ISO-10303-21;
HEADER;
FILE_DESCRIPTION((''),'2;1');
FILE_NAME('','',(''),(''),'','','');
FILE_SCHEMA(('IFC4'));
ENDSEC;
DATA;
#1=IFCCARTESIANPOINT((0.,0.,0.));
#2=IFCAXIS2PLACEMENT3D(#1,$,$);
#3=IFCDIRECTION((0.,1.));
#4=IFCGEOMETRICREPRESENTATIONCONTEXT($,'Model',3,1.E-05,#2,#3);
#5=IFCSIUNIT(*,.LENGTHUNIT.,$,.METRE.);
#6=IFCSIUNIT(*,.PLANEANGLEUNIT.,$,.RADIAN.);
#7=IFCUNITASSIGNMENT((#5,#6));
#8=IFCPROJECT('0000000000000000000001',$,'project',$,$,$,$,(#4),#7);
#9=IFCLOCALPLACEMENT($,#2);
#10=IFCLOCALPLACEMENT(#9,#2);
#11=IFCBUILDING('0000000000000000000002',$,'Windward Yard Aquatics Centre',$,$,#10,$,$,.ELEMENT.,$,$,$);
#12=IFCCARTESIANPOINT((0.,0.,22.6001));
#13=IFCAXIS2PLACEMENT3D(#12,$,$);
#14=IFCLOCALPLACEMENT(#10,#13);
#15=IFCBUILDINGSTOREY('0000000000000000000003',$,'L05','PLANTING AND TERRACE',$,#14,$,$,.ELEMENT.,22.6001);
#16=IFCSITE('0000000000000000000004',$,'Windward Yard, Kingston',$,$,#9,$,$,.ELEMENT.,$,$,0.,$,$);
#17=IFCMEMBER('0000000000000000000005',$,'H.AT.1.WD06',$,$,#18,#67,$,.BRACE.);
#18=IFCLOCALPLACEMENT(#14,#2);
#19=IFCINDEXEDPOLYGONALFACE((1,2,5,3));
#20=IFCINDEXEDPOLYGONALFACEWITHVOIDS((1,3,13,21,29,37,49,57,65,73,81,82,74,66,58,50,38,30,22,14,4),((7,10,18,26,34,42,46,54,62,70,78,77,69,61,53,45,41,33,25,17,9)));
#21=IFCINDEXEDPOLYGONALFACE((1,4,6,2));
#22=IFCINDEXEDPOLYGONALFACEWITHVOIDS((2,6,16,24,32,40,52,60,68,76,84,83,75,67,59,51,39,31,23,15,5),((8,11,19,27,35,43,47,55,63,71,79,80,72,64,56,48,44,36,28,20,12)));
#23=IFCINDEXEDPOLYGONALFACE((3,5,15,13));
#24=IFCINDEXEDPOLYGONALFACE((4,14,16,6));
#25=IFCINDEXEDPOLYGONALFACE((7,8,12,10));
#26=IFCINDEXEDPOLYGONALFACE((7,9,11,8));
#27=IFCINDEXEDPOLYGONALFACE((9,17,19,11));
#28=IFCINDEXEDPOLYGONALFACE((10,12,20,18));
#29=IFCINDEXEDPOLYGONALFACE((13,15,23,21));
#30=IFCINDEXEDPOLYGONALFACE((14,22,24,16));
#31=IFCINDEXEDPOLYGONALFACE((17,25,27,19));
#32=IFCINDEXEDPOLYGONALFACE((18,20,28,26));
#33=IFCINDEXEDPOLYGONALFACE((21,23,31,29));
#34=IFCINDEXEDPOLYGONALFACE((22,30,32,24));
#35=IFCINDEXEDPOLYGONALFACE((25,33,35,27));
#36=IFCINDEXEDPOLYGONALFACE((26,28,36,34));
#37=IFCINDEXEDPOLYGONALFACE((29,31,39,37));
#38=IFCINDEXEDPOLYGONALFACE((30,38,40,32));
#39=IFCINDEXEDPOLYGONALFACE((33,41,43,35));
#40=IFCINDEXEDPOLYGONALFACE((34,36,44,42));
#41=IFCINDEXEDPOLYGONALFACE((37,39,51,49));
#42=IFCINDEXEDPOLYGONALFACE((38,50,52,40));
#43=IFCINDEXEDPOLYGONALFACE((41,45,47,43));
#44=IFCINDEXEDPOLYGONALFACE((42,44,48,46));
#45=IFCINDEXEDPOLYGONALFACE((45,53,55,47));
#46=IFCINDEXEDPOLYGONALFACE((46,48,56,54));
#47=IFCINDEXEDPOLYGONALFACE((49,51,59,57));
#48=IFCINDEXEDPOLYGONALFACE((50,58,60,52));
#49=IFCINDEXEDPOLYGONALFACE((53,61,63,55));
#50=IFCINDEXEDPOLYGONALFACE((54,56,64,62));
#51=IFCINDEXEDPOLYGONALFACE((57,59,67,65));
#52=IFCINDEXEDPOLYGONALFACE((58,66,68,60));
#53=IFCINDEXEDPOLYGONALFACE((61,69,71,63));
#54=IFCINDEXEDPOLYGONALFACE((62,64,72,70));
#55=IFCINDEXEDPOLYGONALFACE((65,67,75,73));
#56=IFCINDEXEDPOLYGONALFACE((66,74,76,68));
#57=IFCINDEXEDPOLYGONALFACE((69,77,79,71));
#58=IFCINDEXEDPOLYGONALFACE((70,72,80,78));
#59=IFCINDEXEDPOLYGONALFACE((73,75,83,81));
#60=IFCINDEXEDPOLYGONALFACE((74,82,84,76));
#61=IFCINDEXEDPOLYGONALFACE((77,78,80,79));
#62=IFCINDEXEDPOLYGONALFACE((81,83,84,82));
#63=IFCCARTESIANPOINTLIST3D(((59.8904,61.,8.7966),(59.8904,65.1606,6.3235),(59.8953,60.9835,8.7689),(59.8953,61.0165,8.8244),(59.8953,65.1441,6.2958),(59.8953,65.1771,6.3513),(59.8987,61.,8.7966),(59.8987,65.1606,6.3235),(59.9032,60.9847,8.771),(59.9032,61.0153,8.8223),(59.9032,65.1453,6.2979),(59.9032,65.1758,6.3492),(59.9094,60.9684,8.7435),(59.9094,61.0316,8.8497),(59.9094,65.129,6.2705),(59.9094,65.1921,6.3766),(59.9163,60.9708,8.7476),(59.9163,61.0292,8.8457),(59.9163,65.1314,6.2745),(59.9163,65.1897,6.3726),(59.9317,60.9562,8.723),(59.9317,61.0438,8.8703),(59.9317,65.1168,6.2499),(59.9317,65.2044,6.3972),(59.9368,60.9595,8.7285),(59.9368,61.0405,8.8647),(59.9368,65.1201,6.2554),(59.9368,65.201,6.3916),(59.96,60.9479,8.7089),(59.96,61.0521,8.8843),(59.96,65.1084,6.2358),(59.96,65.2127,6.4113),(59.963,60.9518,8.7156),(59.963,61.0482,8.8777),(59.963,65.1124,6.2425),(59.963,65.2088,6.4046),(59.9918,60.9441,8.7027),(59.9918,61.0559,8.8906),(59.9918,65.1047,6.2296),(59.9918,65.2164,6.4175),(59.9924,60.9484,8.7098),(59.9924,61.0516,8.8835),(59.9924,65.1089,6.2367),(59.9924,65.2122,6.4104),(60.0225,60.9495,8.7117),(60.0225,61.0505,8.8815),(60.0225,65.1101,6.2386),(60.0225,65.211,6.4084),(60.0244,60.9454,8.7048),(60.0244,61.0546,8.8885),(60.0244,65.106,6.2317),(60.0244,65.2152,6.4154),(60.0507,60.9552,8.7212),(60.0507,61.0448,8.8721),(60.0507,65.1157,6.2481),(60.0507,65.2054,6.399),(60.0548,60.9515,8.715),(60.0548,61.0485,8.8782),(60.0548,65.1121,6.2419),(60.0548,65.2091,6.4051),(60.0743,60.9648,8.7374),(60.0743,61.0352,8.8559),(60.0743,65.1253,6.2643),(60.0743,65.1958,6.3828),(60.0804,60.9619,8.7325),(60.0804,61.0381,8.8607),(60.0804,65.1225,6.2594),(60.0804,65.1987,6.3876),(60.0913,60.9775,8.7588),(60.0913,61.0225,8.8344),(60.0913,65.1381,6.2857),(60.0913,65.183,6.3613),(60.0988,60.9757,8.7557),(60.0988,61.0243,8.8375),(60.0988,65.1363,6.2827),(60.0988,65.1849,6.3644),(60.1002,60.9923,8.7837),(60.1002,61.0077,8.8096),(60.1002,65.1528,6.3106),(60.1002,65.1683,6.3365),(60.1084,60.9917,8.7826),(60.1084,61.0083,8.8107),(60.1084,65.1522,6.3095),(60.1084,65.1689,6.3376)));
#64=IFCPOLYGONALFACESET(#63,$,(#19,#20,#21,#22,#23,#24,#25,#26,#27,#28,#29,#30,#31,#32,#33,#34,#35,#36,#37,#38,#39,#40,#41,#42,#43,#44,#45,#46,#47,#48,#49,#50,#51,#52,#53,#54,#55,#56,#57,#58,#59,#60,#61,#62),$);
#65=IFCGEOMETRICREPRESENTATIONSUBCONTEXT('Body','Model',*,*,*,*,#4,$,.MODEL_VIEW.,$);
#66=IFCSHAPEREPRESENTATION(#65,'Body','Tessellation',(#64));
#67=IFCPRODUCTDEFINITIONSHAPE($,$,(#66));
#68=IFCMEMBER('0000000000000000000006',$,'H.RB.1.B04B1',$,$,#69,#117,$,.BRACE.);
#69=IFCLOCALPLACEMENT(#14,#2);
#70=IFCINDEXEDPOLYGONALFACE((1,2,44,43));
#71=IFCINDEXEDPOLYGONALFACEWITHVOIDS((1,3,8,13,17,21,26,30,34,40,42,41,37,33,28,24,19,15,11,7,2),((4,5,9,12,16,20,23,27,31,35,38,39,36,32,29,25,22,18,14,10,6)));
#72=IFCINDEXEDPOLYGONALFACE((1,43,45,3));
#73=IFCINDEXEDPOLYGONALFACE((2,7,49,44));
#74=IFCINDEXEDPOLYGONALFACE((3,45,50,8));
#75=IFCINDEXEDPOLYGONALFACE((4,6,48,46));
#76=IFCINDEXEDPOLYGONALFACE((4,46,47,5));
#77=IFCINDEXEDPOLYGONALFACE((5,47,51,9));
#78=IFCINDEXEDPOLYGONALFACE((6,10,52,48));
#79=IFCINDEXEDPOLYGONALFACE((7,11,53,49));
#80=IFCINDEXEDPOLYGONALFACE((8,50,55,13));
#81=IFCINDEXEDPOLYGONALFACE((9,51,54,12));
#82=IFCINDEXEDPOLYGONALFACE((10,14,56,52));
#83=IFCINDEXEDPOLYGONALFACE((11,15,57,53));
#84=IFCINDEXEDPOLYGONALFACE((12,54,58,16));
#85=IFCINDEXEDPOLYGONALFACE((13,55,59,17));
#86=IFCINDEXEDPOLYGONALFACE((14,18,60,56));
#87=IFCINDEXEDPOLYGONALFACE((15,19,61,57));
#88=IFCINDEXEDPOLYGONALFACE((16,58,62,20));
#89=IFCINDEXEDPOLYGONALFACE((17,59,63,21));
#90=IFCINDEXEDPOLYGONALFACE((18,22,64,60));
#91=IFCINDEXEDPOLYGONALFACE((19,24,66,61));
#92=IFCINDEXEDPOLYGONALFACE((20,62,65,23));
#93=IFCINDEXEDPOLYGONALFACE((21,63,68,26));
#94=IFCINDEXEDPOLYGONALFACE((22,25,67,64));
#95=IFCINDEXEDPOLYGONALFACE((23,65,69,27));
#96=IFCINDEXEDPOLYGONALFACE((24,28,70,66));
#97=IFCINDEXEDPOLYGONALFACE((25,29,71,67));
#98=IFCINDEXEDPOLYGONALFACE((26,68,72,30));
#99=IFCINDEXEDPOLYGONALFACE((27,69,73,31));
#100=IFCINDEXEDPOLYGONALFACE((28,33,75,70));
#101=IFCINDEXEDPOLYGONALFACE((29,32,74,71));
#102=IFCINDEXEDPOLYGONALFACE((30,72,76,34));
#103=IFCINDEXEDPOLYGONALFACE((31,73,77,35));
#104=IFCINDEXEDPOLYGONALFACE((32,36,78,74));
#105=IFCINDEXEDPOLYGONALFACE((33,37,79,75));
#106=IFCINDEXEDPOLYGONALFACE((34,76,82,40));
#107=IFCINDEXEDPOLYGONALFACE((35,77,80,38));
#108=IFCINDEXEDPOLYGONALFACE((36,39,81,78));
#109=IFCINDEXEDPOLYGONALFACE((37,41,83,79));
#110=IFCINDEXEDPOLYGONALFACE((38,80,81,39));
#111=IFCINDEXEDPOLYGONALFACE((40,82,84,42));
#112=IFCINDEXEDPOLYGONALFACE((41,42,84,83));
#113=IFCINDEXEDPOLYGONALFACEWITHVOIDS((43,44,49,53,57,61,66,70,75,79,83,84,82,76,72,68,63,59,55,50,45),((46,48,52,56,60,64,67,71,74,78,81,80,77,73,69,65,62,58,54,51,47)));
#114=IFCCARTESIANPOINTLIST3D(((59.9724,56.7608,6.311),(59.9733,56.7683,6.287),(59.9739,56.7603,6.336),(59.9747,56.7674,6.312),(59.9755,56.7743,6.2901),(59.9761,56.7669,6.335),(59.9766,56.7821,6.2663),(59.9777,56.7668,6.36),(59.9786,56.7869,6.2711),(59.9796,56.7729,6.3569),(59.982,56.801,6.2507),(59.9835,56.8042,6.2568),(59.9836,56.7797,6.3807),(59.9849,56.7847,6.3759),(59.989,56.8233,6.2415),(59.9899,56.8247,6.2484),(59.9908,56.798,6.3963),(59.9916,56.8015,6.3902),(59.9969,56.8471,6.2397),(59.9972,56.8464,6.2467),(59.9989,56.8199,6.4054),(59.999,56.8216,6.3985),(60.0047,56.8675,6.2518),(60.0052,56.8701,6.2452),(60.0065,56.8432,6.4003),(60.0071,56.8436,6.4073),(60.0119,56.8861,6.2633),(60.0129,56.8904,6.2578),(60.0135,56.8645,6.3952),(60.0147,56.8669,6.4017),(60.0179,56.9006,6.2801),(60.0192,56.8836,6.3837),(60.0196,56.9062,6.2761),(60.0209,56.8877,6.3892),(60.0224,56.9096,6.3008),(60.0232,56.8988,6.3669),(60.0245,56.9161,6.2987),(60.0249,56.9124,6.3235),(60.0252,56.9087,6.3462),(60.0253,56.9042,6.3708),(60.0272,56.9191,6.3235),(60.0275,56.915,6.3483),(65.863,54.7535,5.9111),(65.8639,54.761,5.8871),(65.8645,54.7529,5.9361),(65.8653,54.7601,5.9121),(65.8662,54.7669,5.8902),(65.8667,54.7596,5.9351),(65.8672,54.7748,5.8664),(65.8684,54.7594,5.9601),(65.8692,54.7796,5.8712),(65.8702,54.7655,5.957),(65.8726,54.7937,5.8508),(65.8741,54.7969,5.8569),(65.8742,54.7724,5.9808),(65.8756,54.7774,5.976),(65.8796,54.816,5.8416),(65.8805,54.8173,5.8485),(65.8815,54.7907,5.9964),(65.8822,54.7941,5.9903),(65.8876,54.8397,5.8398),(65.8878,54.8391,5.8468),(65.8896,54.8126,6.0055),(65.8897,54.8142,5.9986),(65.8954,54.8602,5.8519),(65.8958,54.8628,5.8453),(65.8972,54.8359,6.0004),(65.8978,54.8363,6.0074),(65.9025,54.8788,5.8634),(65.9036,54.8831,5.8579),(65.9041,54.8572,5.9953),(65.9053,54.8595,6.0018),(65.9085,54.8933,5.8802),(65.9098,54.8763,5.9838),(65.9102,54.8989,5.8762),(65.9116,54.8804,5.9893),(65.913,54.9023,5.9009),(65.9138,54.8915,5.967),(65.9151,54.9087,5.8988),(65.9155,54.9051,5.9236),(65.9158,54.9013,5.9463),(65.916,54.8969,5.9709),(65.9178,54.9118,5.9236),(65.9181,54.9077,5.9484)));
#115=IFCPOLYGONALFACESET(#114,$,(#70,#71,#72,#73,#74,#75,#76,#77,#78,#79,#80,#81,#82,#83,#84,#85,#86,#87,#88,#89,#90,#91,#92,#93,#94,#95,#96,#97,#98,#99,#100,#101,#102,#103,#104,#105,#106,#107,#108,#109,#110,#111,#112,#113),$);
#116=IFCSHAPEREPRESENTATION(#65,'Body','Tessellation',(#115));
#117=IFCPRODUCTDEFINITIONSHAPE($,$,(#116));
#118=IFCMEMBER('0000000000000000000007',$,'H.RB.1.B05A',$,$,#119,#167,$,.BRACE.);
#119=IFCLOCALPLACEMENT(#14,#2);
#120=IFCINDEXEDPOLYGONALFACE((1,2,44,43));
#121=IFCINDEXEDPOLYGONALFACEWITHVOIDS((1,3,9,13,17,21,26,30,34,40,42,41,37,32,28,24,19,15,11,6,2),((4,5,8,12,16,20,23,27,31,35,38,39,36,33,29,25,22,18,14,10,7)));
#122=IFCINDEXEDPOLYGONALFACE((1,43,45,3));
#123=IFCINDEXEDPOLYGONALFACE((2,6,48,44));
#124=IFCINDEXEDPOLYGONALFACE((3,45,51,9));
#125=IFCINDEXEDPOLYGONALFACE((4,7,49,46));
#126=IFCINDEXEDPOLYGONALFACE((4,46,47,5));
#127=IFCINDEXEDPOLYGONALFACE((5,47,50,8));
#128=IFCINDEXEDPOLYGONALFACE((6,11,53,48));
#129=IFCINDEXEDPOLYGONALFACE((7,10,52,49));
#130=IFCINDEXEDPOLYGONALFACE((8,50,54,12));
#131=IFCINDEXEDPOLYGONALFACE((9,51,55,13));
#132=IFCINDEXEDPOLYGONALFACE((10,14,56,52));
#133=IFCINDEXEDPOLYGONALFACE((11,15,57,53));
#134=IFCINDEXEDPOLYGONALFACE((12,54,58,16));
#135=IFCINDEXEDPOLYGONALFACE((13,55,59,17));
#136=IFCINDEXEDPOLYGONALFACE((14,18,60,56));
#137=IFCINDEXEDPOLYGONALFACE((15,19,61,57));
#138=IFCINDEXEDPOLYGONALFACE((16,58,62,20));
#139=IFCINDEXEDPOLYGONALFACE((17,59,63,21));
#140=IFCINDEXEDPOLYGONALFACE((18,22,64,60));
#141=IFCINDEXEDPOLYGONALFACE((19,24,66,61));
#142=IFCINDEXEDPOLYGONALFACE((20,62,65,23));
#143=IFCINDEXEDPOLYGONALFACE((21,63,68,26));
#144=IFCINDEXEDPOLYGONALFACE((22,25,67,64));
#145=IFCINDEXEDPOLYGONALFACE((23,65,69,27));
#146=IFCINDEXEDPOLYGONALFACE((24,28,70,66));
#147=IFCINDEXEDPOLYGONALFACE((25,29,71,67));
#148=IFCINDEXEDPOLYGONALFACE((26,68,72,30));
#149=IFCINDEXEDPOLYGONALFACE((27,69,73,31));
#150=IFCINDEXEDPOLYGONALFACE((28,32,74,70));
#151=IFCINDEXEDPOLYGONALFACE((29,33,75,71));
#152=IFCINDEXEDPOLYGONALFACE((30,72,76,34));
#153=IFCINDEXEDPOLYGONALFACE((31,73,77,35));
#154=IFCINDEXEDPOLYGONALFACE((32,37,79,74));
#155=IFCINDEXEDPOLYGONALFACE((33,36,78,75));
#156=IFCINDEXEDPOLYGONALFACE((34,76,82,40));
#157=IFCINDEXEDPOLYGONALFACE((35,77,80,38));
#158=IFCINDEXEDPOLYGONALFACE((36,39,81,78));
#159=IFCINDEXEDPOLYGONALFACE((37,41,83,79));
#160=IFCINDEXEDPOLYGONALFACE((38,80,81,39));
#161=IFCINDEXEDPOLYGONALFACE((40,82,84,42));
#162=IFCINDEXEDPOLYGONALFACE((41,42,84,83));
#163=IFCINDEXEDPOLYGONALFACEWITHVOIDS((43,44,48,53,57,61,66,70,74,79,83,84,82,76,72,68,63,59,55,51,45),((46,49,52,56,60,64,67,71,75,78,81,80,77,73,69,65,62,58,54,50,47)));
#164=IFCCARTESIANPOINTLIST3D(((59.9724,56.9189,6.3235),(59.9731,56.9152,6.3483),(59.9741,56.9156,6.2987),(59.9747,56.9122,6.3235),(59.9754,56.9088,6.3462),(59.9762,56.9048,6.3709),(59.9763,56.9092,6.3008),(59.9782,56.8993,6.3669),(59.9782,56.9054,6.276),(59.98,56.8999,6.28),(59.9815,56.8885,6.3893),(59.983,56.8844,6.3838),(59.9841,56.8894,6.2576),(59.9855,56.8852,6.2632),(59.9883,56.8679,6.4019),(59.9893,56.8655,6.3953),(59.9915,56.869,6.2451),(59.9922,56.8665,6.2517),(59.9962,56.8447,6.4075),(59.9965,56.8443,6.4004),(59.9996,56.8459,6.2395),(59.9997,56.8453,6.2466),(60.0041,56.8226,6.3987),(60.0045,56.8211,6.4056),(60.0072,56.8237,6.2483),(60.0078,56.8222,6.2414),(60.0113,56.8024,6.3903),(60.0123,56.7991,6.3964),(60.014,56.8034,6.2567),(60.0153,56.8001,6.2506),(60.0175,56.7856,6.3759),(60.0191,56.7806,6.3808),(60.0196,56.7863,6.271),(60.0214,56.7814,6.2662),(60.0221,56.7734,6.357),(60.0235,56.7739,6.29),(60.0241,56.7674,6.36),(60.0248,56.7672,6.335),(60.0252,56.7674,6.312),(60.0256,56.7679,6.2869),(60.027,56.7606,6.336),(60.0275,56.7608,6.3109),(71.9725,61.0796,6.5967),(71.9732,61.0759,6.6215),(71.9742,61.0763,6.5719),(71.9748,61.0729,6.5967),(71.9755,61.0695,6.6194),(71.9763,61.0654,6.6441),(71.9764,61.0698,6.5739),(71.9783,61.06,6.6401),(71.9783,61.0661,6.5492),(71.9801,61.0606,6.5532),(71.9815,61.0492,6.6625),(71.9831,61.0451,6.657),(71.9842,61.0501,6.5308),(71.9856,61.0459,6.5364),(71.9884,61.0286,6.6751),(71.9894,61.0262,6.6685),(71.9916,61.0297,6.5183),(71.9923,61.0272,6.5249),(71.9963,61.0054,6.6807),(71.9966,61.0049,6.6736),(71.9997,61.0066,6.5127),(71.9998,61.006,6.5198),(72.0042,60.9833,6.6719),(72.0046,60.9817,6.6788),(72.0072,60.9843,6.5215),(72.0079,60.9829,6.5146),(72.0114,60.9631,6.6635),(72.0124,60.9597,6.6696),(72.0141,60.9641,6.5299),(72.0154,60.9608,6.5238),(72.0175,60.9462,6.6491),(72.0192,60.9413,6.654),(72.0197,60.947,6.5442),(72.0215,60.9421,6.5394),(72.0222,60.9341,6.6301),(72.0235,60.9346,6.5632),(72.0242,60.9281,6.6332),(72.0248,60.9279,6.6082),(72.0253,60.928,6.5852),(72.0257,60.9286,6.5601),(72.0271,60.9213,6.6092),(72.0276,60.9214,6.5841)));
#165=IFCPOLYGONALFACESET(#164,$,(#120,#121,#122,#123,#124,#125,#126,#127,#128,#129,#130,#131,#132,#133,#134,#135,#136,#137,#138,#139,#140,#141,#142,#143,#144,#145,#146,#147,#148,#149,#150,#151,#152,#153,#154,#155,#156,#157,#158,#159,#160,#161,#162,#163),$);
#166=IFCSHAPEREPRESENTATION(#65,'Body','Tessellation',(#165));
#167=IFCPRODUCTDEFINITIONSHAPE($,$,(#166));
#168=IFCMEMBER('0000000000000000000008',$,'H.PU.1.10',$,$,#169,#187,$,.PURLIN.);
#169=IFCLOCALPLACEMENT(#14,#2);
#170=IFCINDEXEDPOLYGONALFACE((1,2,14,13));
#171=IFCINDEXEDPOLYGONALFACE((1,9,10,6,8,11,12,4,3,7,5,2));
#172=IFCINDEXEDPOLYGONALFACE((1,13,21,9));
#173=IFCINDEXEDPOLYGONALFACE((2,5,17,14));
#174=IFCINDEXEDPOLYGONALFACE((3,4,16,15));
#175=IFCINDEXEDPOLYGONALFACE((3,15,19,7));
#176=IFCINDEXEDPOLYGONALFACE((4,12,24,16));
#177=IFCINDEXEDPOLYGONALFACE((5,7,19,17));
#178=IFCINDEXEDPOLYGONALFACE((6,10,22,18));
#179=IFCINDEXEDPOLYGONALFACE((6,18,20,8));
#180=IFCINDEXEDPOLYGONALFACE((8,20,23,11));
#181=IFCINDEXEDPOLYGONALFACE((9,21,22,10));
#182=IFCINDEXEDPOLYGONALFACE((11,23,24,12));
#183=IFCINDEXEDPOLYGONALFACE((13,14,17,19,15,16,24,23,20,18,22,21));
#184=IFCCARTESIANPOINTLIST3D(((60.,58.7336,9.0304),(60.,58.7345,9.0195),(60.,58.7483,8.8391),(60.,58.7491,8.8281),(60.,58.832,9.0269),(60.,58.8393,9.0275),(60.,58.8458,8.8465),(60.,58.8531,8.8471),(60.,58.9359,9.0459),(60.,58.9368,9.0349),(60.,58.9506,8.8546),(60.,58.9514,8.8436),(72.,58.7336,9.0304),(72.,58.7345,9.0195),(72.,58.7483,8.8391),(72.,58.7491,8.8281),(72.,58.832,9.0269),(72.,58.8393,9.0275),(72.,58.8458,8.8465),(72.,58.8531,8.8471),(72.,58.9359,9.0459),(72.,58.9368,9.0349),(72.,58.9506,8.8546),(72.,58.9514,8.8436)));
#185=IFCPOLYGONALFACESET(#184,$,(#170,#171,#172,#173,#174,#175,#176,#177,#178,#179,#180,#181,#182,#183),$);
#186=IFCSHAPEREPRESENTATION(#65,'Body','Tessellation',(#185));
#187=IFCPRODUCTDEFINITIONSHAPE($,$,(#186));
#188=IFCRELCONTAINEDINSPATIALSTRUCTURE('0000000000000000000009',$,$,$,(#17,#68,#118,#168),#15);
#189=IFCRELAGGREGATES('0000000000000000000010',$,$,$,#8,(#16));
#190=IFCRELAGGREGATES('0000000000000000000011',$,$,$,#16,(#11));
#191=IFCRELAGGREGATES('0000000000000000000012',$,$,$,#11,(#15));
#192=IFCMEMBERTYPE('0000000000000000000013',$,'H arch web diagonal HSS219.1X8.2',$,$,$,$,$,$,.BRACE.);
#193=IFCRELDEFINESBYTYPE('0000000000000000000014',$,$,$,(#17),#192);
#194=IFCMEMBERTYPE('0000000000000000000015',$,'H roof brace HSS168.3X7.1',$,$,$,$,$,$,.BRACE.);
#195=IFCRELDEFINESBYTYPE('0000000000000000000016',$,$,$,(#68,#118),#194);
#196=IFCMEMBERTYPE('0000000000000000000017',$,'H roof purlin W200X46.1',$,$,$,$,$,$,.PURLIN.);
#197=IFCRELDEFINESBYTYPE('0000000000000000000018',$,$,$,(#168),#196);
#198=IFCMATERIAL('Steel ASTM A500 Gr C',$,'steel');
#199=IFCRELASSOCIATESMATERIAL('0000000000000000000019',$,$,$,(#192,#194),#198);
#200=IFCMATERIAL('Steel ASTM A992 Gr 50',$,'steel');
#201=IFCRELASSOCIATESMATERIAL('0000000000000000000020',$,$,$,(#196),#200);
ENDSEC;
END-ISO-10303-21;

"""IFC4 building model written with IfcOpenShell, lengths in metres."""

from ifc_helpers import new_model, si_unit, direction, frame, origin, origin_2d, place, context, subcontext, project, spatial, hollow_circle, i_section, extrude, material, material_profile, profile_set, type_object, element, save


model = new_model("IFC4")

# Units and contexts
model_context = context("Model", 3, precision=1e-05, world=origin(), true_north=direction((0.0, 1.0)))
body_context = subcontext(model_context, "Body", "Model", "MODEL_VIEW")
ifc_project = project(units=[si_unit("LENGTHUNIT", "METRE"), si_unit("PLANEANGLEUNIT", "RADIAN")], contexts=[model_context])

# Site, building, storey
site_placement = place(None, origin())
site = spatial("IfcSite", under=ifc_project, at=site_placement, Name="Windward Yard, Kingston", CompositionType="ELEMENT", RefElevation=0.0)
building_placement = place(site_placement, origin())
building = spatial("IfcBuilding", under=site, at=building_placement, Name="Windward Yard Aquatics Centre", CompositionType="ELEMENT")
storey_placement = place(building_placement, frame((0.0, 0.0, 22.6001)))
storey = spatial("IfcBuildingStorey", under=building, at=storey_placement, Name="L05", Description="PLANTING AND TERRACE", CompositionType="ELEMENT", Elevation=22.6001)

# Members
ifc_material_1 = material(Name="Steel ASTM A500 Gr C", Category="steel")
ifc_material_profile_1 = material_profile(ifc_material_1, hollow_circle(Radius=0.1096, WallThickness=0.0083, at=origin_2d()), Name="HSS219.1X8.2")
ifc_profile_set_1 = profile_set([ifc_material_profile_1], Name="Steel ASTM A500 Gr C")
member_type_1 = type_object("IfcMemberType", Name="H arch web diagonal HSS219.1X8.2", PredefinedType="BRACE", material=ifc_profile_set_1)
for number, where, z_axis, x_axis, name in (
    (1, (60.0, 61.0, 8.7966), (0.0, 0.859604, -0.510961), (-1.0, 0.0, 0.0), "H.AT.1.WD06"),
):
    element("IfcMember", number, at=place(storey_placement, frame(where, z_axis=z_axis, x_axis=x_axis)), inside=storey, type_object=member_type_1, Name=name, PredefinedType="BRACE", context=body_context, shape_type="SweptSolid", body=[
        extrude(hollow_circle(Radius=0.1096, WallThickness=0.0083, at=origin_2d()), origin(), (0.0, 0.0, 1.0), 4.8401),
    ])
ifc_material_profile_2 = material_profile(ifc_material_1, hollow_circle(Radius=0.0842, WallThickness=0.0071, at=origin_2d()), Name="HSS168.3X7.1")
ifc_profile_set_2 = profile_set([ifc_material_profile_2], Name="Steel ASTM A500 Gr C")
member_type_2 = type_object("IfcMemberType", Name="H roof brace HSS168.3X7.1", PredefinedType="BRACE", material=ifc_profile_set_2)
member_1_placement = place(storey_placement, frame((60.0, 56.8394, 6.3235), z_axis=(0.944603, -0.321889, -0.064127), x_axis=(0.322553, 0.946552, 0.0)))
element("IfcMember", 2, at=member_1_placement, inside=storey, type_object=member_type_2, Name="H.RB.1.B04B1", PredefinedType="BRACE", context=body_context, shape_type="SweptSolid", body=[
    extrude(hollow_circle(Radius=0.0842, WallThickness=0.0071, at=origin_2d()), origin(), (0.0, 0.0, 1.0), 6.2361),
])
member_2_placement = place(storey_placement, frame((60.0, 56.8394, 6.3235), z_axis=(0.944602, 0.327513, 0.021505), x_axis=(-0.327589, 0.94482, 0.0)))
element("IfcMember", 3, at=member_2_placement, inside=storey, type_object=member_type_2, Name="H.RB.1.B05A", PredefinedType="BRACE", context=body_context, shape_type="SweptSolid", body=[
    extrude(hollow_circle(Radius=0.0842, WallThickness=0.0071, at=origin_2d()), origin(), (0.0, 0.0, 1.0), 12.7039),
])
ifc_material_2 = material(Name="Steel ASTM A992 Gr 50", Category="steel")
ifc_material_profile_3 = material_profile(ifc_material_2, i_section(OverallWidth=0.2029, OverallDepth=0.2029, WebThickness=0.0073, FlangeThickness=0.011, at=origin_2d()), Name="W200X46.1")
ifc_profile_set_3 = profile_set([ifc_material_profile_3], Name="Steel ASTM A992 Gr 50")
member_type_3 = type_object("IfcMemberType", Name="H roof purlin W200X46.1", PredefinedType="PURLIN", material=ifc_profile_set_3)
for number, where, z_axis, x_axis, name in (
    (4, (60.0, 58.8425, 8.937), (1.0, 0.0, 0.0), (0.0, 0.997081, 0.076354), "H.PU.1.10"),
):
    element("IfcMember", number, at=place(storey_placement, frame(where, z_axis=z_axis, x_axis=x_axis)), inside=storey, type_object=member_type_3, Name=name, PredefinedType="PURLIN", context=body_context, shape_type="SweptSolid", body=[
        extrude(i_section(OverallWidth=0.2029, OverallDepth=0.2029, WebThickness=0.0073, FlangeThickness=0.011, at=origin_2d()), origin(), (0.0, 0.0, 1.0), 12.0),
    ])

save(model, "model.ifc")
